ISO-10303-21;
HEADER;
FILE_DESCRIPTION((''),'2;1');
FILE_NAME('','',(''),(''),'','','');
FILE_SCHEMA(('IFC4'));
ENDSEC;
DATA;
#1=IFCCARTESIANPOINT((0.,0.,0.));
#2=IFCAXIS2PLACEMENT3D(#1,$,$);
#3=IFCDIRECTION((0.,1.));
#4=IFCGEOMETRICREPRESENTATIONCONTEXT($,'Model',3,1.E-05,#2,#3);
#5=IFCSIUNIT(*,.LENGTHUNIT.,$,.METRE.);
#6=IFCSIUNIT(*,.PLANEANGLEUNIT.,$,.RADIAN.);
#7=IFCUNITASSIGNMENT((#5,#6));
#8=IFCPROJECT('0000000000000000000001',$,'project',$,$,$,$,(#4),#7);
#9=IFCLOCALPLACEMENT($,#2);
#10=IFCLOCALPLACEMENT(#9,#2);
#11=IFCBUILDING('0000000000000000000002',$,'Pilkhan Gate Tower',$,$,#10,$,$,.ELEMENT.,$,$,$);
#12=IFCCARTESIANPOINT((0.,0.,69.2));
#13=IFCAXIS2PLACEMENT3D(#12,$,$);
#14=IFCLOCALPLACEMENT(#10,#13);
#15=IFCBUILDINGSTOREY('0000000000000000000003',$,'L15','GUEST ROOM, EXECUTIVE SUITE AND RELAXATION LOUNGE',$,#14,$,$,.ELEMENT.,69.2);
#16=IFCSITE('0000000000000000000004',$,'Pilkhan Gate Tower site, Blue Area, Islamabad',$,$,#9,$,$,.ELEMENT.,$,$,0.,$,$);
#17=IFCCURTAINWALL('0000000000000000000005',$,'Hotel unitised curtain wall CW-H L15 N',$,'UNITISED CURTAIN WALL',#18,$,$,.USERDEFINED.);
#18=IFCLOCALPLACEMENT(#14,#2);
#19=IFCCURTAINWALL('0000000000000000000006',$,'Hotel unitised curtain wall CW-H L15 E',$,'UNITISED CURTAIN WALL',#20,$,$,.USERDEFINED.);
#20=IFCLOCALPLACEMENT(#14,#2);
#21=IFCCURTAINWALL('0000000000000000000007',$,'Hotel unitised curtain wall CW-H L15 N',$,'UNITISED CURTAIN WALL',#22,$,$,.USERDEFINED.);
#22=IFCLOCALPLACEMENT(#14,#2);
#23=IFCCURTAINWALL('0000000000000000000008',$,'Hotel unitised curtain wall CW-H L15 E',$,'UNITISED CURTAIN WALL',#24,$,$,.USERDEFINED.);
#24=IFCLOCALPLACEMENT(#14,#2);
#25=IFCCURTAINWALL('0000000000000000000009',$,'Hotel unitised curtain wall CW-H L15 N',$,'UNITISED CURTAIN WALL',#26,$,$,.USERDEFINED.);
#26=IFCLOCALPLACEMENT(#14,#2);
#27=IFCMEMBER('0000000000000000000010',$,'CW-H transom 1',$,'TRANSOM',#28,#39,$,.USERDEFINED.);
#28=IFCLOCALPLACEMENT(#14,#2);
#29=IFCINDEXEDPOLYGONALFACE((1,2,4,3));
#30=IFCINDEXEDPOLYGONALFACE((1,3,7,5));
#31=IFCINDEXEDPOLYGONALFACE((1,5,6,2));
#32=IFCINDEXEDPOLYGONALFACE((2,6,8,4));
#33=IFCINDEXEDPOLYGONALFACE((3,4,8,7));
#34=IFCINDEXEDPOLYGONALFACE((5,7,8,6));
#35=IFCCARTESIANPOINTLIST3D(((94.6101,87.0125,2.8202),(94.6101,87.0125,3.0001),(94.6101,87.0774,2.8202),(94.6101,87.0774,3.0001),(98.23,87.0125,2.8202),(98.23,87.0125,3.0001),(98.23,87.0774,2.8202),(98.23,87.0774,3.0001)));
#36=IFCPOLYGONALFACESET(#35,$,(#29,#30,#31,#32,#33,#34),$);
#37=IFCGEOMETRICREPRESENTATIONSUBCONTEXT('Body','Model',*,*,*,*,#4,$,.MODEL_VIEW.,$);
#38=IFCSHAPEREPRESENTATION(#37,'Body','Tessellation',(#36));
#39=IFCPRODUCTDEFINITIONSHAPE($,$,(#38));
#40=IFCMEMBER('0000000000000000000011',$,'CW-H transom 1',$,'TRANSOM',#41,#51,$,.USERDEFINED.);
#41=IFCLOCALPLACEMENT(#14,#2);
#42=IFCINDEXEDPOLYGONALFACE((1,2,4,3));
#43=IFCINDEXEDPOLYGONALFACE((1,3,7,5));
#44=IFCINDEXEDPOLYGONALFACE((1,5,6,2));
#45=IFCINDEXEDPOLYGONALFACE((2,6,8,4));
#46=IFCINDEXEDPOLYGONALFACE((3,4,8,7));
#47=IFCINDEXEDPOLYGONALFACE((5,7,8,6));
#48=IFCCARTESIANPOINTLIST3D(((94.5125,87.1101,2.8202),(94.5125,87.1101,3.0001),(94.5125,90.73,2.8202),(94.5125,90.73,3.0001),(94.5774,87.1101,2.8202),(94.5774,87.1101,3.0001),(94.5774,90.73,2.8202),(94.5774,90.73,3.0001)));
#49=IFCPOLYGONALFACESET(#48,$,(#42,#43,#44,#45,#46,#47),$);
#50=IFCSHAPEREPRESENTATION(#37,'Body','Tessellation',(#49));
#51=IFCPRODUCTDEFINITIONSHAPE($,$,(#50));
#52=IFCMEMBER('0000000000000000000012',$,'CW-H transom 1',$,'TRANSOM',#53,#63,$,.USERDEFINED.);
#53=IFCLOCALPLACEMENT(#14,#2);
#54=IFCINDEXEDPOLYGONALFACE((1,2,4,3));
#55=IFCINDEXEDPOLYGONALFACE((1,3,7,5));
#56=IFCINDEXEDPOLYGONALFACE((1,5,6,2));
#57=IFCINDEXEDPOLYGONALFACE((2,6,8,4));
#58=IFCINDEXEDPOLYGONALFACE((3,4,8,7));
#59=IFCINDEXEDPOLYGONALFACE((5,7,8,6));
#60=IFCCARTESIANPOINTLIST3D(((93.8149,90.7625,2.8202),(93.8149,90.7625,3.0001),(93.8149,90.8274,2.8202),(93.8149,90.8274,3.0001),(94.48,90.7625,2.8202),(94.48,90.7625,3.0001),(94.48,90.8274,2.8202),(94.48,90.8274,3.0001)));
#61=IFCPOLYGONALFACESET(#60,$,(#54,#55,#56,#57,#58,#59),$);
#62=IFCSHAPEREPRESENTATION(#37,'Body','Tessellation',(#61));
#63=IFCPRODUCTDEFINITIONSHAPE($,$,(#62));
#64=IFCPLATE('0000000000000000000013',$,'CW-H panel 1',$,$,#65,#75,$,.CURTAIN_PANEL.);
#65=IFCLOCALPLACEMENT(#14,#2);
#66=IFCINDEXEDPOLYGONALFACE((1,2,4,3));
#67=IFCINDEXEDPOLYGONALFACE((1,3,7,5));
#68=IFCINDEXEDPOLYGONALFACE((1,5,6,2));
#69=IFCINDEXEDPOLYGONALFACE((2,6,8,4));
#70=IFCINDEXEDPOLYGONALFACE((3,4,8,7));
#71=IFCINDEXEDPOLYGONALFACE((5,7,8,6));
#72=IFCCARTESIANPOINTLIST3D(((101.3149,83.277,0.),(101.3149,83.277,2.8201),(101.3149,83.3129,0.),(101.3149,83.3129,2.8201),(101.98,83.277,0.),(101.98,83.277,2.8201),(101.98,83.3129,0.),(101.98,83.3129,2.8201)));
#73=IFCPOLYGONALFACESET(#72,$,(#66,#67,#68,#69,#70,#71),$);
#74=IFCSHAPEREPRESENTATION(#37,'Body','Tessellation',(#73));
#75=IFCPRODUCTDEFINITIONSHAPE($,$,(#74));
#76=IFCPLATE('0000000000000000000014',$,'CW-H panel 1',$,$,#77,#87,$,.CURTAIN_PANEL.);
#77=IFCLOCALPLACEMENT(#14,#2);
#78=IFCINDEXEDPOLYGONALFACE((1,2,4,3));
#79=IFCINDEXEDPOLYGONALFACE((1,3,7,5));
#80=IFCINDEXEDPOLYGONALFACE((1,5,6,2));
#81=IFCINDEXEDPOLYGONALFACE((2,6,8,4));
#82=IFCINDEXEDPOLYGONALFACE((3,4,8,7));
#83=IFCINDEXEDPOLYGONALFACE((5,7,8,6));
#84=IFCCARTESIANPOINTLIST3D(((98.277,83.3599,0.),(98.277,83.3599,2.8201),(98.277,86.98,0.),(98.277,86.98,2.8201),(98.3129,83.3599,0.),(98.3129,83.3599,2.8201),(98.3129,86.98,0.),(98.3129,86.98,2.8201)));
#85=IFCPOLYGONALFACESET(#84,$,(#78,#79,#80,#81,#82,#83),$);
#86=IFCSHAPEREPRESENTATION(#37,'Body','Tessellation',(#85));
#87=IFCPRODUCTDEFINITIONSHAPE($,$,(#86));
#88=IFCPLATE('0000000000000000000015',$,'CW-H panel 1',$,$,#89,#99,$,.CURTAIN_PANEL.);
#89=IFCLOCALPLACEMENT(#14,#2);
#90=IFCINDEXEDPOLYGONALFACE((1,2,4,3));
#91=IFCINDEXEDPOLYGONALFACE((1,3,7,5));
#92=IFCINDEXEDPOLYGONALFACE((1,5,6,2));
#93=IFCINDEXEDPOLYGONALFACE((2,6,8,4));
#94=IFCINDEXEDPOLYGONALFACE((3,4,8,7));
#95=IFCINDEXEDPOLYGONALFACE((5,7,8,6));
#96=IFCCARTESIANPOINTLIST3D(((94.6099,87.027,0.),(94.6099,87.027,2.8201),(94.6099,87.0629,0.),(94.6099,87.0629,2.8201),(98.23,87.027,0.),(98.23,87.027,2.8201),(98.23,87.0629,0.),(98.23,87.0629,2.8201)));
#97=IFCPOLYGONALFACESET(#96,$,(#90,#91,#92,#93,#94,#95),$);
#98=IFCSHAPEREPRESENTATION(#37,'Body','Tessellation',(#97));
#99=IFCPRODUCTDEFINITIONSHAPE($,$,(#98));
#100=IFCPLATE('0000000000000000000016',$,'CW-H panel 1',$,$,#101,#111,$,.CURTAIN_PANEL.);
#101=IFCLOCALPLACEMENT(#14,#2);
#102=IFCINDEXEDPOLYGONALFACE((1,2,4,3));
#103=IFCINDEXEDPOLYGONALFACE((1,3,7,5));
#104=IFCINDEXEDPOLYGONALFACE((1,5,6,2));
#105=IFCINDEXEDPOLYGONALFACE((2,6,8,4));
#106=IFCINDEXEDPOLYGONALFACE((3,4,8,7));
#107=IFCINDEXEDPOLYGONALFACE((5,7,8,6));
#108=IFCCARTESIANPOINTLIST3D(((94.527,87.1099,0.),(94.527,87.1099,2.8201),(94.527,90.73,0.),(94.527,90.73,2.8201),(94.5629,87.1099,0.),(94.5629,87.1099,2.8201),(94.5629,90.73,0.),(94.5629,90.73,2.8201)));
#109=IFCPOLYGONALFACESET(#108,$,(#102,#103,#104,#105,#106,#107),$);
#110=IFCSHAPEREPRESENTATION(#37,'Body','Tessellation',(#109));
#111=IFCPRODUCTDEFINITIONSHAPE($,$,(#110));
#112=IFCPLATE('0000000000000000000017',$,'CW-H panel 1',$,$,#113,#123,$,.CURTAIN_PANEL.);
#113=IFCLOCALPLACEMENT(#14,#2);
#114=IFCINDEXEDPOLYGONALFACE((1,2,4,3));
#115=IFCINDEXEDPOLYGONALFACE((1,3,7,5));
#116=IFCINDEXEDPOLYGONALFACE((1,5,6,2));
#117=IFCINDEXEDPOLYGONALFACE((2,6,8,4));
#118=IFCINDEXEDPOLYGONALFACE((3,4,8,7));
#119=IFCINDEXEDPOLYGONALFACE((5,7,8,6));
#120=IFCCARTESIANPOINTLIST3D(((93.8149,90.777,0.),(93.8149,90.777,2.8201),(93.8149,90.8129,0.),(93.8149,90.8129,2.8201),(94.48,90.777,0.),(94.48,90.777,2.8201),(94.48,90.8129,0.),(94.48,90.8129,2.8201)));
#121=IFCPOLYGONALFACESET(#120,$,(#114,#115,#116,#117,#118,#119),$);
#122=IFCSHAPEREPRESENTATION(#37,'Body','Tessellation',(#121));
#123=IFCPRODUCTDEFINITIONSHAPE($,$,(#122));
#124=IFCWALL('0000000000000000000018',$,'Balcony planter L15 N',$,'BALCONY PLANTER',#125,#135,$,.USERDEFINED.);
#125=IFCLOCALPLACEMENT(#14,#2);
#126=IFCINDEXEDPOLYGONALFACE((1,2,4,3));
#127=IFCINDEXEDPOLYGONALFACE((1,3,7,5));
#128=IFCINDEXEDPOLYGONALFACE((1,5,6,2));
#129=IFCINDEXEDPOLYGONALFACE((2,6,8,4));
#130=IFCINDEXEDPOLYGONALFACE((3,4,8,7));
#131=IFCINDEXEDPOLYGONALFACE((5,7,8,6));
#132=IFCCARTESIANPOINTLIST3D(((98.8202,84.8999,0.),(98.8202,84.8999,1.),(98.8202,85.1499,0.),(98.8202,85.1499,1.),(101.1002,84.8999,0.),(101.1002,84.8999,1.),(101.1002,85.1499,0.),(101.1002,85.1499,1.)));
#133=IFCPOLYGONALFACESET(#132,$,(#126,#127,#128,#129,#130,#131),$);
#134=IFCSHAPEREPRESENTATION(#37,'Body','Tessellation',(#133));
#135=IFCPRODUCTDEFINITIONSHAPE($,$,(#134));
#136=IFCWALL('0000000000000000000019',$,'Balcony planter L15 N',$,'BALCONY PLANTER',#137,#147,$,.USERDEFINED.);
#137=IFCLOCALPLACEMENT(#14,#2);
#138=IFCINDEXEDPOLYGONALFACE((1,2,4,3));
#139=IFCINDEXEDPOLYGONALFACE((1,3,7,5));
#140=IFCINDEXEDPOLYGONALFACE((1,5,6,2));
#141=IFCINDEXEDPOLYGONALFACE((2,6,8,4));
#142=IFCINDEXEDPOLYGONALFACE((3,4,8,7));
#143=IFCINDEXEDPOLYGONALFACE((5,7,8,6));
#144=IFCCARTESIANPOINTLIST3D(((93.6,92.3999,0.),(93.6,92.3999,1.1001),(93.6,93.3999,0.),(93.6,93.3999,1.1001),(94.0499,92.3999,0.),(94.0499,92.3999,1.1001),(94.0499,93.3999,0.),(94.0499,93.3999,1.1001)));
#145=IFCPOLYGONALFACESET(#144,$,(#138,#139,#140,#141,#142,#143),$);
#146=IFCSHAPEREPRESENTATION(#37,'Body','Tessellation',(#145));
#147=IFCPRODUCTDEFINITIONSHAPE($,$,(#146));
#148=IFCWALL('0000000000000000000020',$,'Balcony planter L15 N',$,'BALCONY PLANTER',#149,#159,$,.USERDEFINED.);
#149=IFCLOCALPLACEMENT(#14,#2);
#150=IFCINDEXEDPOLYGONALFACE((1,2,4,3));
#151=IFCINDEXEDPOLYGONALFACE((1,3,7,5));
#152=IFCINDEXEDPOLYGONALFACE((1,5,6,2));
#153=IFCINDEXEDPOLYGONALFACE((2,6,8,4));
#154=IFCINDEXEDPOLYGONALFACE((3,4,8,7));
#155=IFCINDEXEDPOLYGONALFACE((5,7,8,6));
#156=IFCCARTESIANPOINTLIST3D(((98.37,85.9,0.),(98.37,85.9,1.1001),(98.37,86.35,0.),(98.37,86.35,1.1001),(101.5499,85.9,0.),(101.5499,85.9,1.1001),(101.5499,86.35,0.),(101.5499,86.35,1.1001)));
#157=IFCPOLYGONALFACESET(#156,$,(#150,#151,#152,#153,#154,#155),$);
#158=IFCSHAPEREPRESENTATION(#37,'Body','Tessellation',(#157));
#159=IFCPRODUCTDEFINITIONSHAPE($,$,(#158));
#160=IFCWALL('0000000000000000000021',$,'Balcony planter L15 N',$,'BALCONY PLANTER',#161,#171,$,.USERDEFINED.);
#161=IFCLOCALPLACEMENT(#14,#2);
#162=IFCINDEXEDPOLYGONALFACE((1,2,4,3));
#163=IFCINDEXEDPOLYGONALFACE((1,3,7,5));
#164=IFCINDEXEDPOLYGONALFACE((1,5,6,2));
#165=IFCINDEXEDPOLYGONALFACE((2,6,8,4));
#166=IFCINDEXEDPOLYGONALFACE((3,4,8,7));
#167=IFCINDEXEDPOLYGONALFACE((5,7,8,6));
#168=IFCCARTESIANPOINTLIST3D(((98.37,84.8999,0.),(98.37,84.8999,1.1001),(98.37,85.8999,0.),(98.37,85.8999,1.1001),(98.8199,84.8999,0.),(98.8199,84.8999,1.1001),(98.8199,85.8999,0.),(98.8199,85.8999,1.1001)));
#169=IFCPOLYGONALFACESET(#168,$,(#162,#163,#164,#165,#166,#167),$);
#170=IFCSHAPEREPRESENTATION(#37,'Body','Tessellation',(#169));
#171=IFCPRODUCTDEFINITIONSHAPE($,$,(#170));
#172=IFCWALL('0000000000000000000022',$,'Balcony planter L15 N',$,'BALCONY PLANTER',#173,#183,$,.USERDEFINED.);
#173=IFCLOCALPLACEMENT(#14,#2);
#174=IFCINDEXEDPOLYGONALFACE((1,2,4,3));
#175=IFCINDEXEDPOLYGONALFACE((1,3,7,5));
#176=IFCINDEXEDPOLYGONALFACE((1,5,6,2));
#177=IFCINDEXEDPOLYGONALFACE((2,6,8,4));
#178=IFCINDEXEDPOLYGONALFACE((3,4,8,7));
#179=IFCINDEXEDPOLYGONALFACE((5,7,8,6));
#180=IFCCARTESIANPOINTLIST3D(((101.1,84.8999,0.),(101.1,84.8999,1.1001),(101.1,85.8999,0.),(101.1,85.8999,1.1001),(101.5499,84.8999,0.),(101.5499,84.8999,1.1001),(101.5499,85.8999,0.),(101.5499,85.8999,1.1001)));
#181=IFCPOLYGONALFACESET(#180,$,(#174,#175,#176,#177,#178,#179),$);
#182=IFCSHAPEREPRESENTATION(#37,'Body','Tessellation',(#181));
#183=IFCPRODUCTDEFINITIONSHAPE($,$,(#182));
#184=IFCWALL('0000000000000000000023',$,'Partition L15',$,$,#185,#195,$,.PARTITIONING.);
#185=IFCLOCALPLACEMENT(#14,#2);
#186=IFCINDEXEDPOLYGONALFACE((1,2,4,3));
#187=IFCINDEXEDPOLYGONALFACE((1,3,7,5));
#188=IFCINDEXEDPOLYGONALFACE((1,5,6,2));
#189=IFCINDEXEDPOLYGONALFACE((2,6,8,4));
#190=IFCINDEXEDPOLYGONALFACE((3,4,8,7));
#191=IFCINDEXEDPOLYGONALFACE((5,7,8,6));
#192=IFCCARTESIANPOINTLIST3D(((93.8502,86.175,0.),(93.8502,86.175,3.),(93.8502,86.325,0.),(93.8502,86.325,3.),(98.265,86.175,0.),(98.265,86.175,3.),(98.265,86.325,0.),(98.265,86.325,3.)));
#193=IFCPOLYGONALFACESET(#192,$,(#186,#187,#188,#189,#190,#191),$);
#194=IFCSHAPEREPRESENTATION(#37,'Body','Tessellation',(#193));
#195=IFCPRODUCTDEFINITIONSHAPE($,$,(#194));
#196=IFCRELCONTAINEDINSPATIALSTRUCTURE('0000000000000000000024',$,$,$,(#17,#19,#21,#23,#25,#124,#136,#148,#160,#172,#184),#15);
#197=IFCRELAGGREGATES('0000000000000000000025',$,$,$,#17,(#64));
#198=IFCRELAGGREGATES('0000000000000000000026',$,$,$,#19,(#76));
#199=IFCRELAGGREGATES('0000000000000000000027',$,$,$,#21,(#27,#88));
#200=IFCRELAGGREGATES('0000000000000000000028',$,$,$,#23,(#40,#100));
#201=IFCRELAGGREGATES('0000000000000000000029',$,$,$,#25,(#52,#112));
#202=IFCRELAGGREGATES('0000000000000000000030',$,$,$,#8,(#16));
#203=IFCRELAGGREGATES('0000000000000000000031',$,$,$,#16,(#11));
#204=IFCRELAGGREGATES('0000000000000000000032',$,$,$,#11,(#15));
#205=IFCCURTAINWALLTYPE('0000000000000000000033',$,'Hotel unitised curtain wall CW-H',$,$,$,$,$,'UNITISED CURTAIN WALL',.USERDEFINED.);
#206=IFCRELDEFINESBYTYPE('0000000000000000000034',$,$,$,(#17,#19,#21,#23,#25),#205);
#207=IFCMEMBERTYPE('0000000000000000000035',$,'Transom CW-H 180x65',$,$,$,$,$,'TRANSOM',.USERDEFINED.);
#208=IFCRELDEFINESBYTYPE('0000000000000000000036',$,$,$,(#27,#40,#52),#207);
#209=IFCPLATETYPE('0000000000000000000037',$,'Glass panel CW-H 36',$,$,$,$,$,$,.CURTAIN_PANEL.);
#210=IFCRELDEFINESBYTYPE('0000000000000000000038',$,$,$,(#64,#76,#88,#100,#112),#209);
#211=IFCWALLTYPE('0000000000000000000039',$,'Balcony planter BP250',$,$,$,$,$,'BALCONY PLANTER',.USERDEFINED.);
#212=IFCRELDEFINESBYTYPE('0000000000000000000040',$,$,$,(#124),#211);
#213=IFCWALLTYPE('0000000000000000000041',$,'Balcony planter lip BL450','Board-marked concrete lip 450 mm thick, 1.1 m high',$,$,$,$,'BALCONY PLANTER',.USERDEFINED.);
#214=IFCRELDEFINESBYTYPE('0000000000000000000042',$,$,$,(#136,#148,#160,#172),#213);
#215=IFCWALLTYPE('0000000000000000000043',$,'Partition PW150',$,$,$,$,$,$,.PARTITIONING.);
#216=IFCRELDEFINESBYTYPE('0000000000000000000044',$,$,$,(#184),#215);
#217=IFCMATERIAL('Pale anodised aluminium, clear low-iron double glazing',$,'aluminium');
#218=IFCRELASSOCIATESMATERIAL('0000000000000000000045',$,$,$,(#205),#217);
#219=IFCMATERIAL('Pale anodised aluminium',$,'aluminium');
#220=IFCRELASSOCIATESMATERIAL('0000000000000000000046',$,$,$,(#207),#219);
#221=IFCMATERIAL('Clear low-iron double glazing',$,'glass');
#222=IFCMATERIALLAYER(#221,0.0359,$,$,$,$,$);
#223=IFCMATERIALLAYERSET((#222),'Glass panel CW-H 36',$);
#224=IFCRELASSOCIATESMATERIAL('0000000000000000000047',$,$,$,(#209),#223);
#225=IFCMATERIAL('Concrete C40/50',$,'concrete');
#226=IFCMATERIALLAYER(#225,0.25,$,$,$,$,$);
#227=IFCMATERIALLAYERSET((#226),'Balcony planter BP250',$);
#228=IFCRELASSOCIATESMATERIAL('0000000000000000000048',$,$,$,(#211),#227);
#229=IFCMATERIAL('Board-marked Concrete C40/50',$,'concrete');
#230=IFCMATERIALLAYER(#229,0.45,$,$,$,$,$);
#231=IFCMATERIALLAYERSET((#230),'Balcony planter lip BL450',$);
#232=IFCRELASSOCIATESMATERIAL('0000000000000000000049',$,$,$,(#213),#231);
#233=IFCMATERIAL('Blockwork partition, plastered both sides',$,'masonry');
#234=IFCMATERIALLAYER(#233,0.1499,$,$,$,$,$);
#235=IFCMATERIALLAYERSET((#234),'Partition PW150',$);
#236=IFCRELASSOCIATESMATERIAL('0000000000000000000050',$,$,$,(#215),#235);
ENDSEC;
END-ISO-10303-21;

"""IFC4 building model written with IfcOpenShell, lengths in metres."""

from ifc_helpers import new_model, si_unit, direction, frame, frame_2d, origin, origin_2d, place, context, subcontext, project, spatial, rectangle, extrude, material, layer, layer_set, material_profile, profile_set, type_object, element, aggregate, save


model = new_model("IFC4")

# Units and contexts
model_context = context("Model", 3, precision=1e-05, world=origin(), true_north=direction((0.0, 1.0)))
body_context = subcontext(model_context, "Body", "Model", "MODEL_VIEW")
ifc_project = project(units=[si_unit("LENGTHUNIT", "METRE"), si_unit("PLANEANGLEUNIT", "RADIAN")], contexts=[model_context])

# Site, building, storey
site_placement = place(None, origin())
site = spatial("IfcSite", under=ifc_project, at=site_placement, Name="Pilkhan Gate Tower site, Blue Area, Islamabad", CompositionType="ELEMENT", RefElevation=0.0)
building_placement = place(site_placement, origin())
building = spatial("IfcBuilding", under=site, at=building_placement, Name="Pilkhan Gate Tower", CompositionType="ELEMENT")
storey_placement = place(building_placement, frame((0.0, 0.0, 69.2)))
storey = spatial("IfcBuildingStorey", under=building, at=storey_placement, Name="L15", Description="GUEST ROOM, EXECUTIVE SUITE AND RELAXATION LOUNGE", CompositionType="ELEMENT", Elevation=69.2)

# Curtain wall
ifc_material_1 = material(Name="Pale anodised aluminium, clear low-iron double glazing", Category="aluminium")
curtain_wall_type = type_object("IfcCurtainWallType", Name="Hotel unitised curtain wall CW-H", ElementType="UNITISED CURTAIN WALL", PredefinedType="USERDEFINED", material=ifc_material_1)
curtain_wall_1_placement = place(storey_placement, origin())
curtain_wall_1 = element("IfcCurtainWall", 1, at=curtain_wall_1_placement, inside=storey, type_object=curtain_wall_type, Name="Hotel unitised curtain wall CW-H L15 N", ObjectType="UNITISED CURTAIN WALL", PredefinedType="USERDEFINED")
ifc_material_2 = material(Name="Pale anodised aluminium", Category="aluminium")

# Curtain walls
curtain_wall_2_placement = place(storey_placement, origin())
curtain_wall_2 = element("IfcCurtainWall", 2, at=curtain_wall_2_placement, inside=storey, type_object=curtain_wall_type, Name="Hotel unitised curtain wall CW-H L15 E", ObjectType="UNITISED CURTAIN WALL", PredefinedType="USERDEFINED")
curtain_wall_3_placement = place(storey_placement, origin())
curtain_wall_3 = element("IfcCurtainWall", 3, at=curtain_wall_3_placement, inside=storey, type_object=curtain_wall_type, Name="Hotel unitised curtain wall CW-H L15 N", ObjectType="UNITISED CURTAIN WALL", PredefinedType="USERDEFINED")
curtain_wall_4_placement = place(storey_placement, origin())
curtain_wall_4 = element("IfcCurtainWall", 4, at=curtain_wall_4_placement, inside=storey, type_object=curtain_wall_type, Name="Hotel unitised curtain wall CW-H L15 E", ObjectType="UNITISED CURTAIN WALL", PredefinedType="USERDEFINED")
curtain_wall_5_placement = place(storey_placement, origin())
curtain_wall_5 = element("IfcCurtainWall", 5, at=curtain_wall_5_placement, inside=storey, type_object=curtain_wall_type, Name="Hotel unitised curtain wall CW-H L15 N", ObjectType="UNITISED CURTAIN WALL", PredefinedType="USERDEFINED")

# Members
ifc_material_profile_1 = material_profile(ifc_material_2, rectangle(XDim=0.0649, YDim=0.1799, at=origin_2d()), Name="Transom 180x65")
ifc_profile_set_1 = profile_set([ifc_material_profile_1], Name="Pale anodised aluminium")
member_type_1 = type_object("IfcMemberType", Name="Transom CW-H 180x65", ElementType="TRANSOM", PredefinedType="USERDEFINED", material=ifc_profile_set_1)
member_1_placement = place(storey_placement, frame((94.6101, 87.0449, 2.9102), z_axis=(1.0, 0.0, 0.0), x_axis=(0.0, 1.0, 0.0)))
member_1 = element("IfcMember", 6, at=member_1_placement, type_object=member_type_1, Name="CW-H transom 1", ObjectType="TRANSOM", PredefinedType="USERDEFINED", context=body_context, shape_type="SweptSolid", body=[
    extrude(rectangle(XDim=0.0649, YDim=0.1799, at=origin_2d()), origin(), (0.0, 0.0, 1.0), 3.6199),
])
member_2_placement = place(storey_placement, frame((94.5449, 87.1101, 2.9102), z_axis=(0.0, 1.0, 0.0), x_axis=(-1.0, 0.0, 0.0)))
member_2 = element("IfcMember", 7, at=member_2_placement, type_object=member_type_1, Name="CW-H transom 1", ObjectType="TRANSOM", PredefinedType="USERDEFINED", context=body_context, shape_type="SweptSolid", body=[
    extrude(rectangle(XDim=0.0649, YDim=0.1799, at=origin_2d()), origin(), (0.0, 0.0, 1.0), 3.6199),
])
member_3_placement = place(storey_placement, frame((93.8149, 90.7949, 2.9102), z_axis=(1.0, 0.0, 0.0), x_axis=(0.0, 1.0, 0.0)))
member_3 = element("IfcMember", 8, at=member_3_placement, type_object=member_type_1, Name="CW-H transom 1", ObjectType="TRANSOM", PredefinedType="USERDEFINED", context=body_context, shape_type="SweptSolid", body=[
    extrude(rectangle(XDim=0.0649, YDim=0.1799, at=origin_2d()), origin(), (0.0, 0.0, 1.0), 0.665),
])

# Plates
ifc_material_3 = material(Name="Clear low-iron double glazing", Category="glass")
ifc_layer_1 = layer(ifc_material_3, 0.0359)
ifc_layer_set_1 = layer_set([ifc_layer_1], Name="Glass panel CW-H 36")
plate_type = type_object("IfcPlateType", Name="Glass panel CW-H 36", PredefinedType="CURTAIN_PANEL", material=ifc_layer_set_1)
plate_1_placement = place(storey_placement, frame((101.6475, 83.2949, 0.0), z_axis=(0.0, 0.0, 1.0), x_axis=(1.0, 0.0, 0.0)))
plate_1 = element("IfcPlate", 9, at=plate_1_placement, type_object=plate_type, Name="CW-H panel 1", PredefinedType="CURTAIN_PANEL", context=body_context, shape_type="SweptSolid", body=[
    extrude(rectangle(XDim=0.665, YDim=0.0359, at=origin_2d()), origin(), (0.0, 0.0, 1.0), 2.8201),
])
aggregate(curtain_wall_1, [plate_1])
plate_2_placement = place(storey_placement, frame((98.2949, 85.1699, 0.0), z_axis=(0.0, 0.0, 1.0), x_axis=(0.0, 1.0, 0.0)))
plate_2 = element("IfcPlate", 10, at=plate_2_placement, type_object=plate_type, Name="CW-H panel 1", PredefinedType="CURTAIN_PANEL", context=body_context, shape_type="SweptSolid", body=[
    extrude(rectangle(XDim=3.6201, YDim=0.0359, at=origin_2d()), origin(), (0.0, 0.0, 1.0), 2.8201),
])
aggregate(curtain_wall_2, [plate_2])
plate_3_placement = place(storey_placement, frame((96.4199, 87.0449, 0.0), z_axis=(0.0, 0.0, 1.0), x_axis=(1.0, 0.0, 0.0)))
plate_3 = element("IfcPlate", 11, at=plate_3_placement, type_object=plate_type, Name="CW-H panel 1", PredefinedType="CURTAIN_PANEL", context=body_context, shape_type="SweptSolid", body=[
    extrude(rectangle(XDim=3.6201, YDim=0.0359, at=origin_2d()), origin(), (0.0, 0.0, 1.0), 2.8201),
])
aggregate(curtain_wall_3, [member_1, plate_3])
plate_4_placement = place(storey_placement, frame((94.5449, 88.9199, 0.0), z_axis=(0.0, 0.0, 1.0), x_axis=(0.0, 1.0, 0.0)))
plate_4 = element("IfcPlate", 12, at=plate_4_placement, type_object=plate_type, Name="CW-H panel 1", PredefinedType="CURTAIN_PANEL", context=body_context, shape_type="SweptSolid", body=[
    extrude(rectangle(XDim=3.6201, YDim=0.0359, at=origin_2d()), origin(), (0.0, 0.0, 1.0), 2.8201),
])
aggregate(curtain_wall_4, [member_2, plate_4])
plate_5_placement = place(storey_placement, frame((94.1475, 90.7949, 0.0), z_axis=(0.0, 0.0, 1.0), x_axis=(1.0, 0.0, 0.0)))
plate_5 = element("IfcPlate", 13, at=plate_5_placement, type_object=plate_type, Name="CW-H panel 1", PredefinedType="CURTAIN_PANEL", context=body_context, shape_type="SweptSolid", body=[
    extrude(rectangle(XDim=0.665, YDim=0.0359, at=origin_2d()), origin(), (0.0, 0.0, 1.0), 2.8201),
])
aggregate(curtain_wall_5, [member_3, plate_5])

# Walls
ifc_material_4 = material(Name="Concrete C40/50", Category="concrete")
ifc_layer_2 = layer(ifc_material_4, 0.25)
ifc_layer_set_2 = layer_set([ifc_layer_2], Name="Balcony planter BP250")
wall_type_1 = type_object("IfcWallType", Name="Balcony planter BP250", ElementType="BALCONY PLANTER", PredefinedType="USERDEFINED", material=ifc_layer_set_2)
wall_1_placement = place(storey_placement, frame((98.8201, 85.0249, 0.0), z_axis=(0.0, 0.0, 1.0), x_axis=(1.0, 0.0, 0.0)))
element("IfcWall", 14, at=wall_1_placement, inside=storey, type_object=wall_type_1, Name="Balcony planter L15 N", ObjectType="BALCONY PLANTER", PredefinedType="USERDEFINED", context=body_context, shape_type="SweptSolid", body=[
    extrude(rectangle(XDim=2.28, YDim=0.25, at=frame_2d((1.1401, 0.0))), origin(), (0.0, 0.0, 1.0), 1.0),
])
ifc_material_5 = material(Name="Board-marked Concrete C40/50", Category="concrete")
ifc_layer_3 = layer(ifc_material_5, 0.45)
ifc_layer_set_3 = layer_set([ifc_layer_3], Name="Balcony planter lip BL450")
wall_type_2 = type_object("IfcWallType", Name="Balcony planter lip BL450", Description="Board-marked concrete lip 450 mm thick, 1.1 m high", ElementType="BALCONY PLANTER", PredefinedType="USERDEFINED", material=ifc_layer_set_3)
wall_2_placement = place(storey_placement, frame((93.825, 92.3999, 0.0), z_axis=(0.0, 0.0, 1.0), x_axis=(0.0, 1.0, 0.0)))
element("IfcWall", 15, at=wall_2_placement, inside=storey, type_object=wall_type_2, Name="Balcony planter L15 N", ObjectType="BALCONY PLANTER", PredefinedType="USERDEFINED", context=body_context, shape_type="SweptSolid", body=[
    extrude(rectangle(XDim=1.0, YDim=0.45, at=frame_2d((0.5, 0.0))), origin(), (0.0, 0.0, 1.0), 1.1001),
])
wall_3_placement = place(storey_placement, frame((98.3701, 86.125, 0.0), z_axis=(0.0, 0.0, 1.0), x_axis=(1.0, 0.0, 0.0)))
element("IfcWall", 16, at=wall_3_placement, inside=storey, type_object=wall_type_2, Name="Balcony planter L15 N", ObjectType="BALCONY PLANTER", PredefinedType="USERDEFINED", context=body_context, shape_type="SweptSolid", body=[
    extrude(rectangle(XDim=3.1799, YDim=0.45, at=frame_2d((1.5898, 0.0))), origin(), (0.0, 0.0, 1.0), 1.1001),
])
for number, where, z_axis, x_axis, name in (
    (17, (98.595, 84.8999, 0.0), (0.0, 0.0, 1.0), (0.0, 1.0, 0.0), "Balcony planter L15 N"),
    (18, (101.325, 84.8999, 0.0), (0.0, 0.0, 1.0), (0.0, 1.0, 0.0), "Balcony planter L15 N"),
):
    element("IfcWall", number, at=place(storey_placement, frame(where, z_axis=z_axis, x_axis=x_axis)), inside=storey, type_object=wall_type_2, Name=name, ObjectType="BALCONY PLANTER", PredefinedType="USERDEFINED", context=body_context, shape_type="SweptSolid", body=[
        extrude(rectangle(XDim=1.0, YDim=0.45, at=frame_2d((0.5, 0.0))), origin(), (0.0, 0.0, 1.0), 1.1001),
    ])
ifc_material_6 = material(Name="Blockwork partition, plastered both sides", Category="masonry")
ifc_layer_4 = layer(ifc_material_6, 0.1499)
ifc_layer_set_4 = layer_set([ifc_layer_4], Name="Partition PW150")
wall_type_3 = type_object("IfcWallType", Name="Partition PW150", PredefinedType="PARTITIONING", material=ifc_layer_set_4)
wall_4_placement = place(storey_placement, frame((93.8501, 86.25, 0.0), z_axis=(0.0, 0.0, 1.0), x_axis=(1.0, 0.0, 0.0)))
element("IfcWall", 19, at=wall_4_placement, inside=storey, type_object=wall_type_3, Name="Partition L15", PredefinedType="PARTITIONING", context=body_context, shape_type="SweptSolid", body=[
    extrude(rectangle(XDim=4.4148, YDim=0.1499, at=frame_2d((2.2075, 0.0))), origin(), (0.0, 0.0, 1.0), 3.0),
])

save(model, "model.ifc")
